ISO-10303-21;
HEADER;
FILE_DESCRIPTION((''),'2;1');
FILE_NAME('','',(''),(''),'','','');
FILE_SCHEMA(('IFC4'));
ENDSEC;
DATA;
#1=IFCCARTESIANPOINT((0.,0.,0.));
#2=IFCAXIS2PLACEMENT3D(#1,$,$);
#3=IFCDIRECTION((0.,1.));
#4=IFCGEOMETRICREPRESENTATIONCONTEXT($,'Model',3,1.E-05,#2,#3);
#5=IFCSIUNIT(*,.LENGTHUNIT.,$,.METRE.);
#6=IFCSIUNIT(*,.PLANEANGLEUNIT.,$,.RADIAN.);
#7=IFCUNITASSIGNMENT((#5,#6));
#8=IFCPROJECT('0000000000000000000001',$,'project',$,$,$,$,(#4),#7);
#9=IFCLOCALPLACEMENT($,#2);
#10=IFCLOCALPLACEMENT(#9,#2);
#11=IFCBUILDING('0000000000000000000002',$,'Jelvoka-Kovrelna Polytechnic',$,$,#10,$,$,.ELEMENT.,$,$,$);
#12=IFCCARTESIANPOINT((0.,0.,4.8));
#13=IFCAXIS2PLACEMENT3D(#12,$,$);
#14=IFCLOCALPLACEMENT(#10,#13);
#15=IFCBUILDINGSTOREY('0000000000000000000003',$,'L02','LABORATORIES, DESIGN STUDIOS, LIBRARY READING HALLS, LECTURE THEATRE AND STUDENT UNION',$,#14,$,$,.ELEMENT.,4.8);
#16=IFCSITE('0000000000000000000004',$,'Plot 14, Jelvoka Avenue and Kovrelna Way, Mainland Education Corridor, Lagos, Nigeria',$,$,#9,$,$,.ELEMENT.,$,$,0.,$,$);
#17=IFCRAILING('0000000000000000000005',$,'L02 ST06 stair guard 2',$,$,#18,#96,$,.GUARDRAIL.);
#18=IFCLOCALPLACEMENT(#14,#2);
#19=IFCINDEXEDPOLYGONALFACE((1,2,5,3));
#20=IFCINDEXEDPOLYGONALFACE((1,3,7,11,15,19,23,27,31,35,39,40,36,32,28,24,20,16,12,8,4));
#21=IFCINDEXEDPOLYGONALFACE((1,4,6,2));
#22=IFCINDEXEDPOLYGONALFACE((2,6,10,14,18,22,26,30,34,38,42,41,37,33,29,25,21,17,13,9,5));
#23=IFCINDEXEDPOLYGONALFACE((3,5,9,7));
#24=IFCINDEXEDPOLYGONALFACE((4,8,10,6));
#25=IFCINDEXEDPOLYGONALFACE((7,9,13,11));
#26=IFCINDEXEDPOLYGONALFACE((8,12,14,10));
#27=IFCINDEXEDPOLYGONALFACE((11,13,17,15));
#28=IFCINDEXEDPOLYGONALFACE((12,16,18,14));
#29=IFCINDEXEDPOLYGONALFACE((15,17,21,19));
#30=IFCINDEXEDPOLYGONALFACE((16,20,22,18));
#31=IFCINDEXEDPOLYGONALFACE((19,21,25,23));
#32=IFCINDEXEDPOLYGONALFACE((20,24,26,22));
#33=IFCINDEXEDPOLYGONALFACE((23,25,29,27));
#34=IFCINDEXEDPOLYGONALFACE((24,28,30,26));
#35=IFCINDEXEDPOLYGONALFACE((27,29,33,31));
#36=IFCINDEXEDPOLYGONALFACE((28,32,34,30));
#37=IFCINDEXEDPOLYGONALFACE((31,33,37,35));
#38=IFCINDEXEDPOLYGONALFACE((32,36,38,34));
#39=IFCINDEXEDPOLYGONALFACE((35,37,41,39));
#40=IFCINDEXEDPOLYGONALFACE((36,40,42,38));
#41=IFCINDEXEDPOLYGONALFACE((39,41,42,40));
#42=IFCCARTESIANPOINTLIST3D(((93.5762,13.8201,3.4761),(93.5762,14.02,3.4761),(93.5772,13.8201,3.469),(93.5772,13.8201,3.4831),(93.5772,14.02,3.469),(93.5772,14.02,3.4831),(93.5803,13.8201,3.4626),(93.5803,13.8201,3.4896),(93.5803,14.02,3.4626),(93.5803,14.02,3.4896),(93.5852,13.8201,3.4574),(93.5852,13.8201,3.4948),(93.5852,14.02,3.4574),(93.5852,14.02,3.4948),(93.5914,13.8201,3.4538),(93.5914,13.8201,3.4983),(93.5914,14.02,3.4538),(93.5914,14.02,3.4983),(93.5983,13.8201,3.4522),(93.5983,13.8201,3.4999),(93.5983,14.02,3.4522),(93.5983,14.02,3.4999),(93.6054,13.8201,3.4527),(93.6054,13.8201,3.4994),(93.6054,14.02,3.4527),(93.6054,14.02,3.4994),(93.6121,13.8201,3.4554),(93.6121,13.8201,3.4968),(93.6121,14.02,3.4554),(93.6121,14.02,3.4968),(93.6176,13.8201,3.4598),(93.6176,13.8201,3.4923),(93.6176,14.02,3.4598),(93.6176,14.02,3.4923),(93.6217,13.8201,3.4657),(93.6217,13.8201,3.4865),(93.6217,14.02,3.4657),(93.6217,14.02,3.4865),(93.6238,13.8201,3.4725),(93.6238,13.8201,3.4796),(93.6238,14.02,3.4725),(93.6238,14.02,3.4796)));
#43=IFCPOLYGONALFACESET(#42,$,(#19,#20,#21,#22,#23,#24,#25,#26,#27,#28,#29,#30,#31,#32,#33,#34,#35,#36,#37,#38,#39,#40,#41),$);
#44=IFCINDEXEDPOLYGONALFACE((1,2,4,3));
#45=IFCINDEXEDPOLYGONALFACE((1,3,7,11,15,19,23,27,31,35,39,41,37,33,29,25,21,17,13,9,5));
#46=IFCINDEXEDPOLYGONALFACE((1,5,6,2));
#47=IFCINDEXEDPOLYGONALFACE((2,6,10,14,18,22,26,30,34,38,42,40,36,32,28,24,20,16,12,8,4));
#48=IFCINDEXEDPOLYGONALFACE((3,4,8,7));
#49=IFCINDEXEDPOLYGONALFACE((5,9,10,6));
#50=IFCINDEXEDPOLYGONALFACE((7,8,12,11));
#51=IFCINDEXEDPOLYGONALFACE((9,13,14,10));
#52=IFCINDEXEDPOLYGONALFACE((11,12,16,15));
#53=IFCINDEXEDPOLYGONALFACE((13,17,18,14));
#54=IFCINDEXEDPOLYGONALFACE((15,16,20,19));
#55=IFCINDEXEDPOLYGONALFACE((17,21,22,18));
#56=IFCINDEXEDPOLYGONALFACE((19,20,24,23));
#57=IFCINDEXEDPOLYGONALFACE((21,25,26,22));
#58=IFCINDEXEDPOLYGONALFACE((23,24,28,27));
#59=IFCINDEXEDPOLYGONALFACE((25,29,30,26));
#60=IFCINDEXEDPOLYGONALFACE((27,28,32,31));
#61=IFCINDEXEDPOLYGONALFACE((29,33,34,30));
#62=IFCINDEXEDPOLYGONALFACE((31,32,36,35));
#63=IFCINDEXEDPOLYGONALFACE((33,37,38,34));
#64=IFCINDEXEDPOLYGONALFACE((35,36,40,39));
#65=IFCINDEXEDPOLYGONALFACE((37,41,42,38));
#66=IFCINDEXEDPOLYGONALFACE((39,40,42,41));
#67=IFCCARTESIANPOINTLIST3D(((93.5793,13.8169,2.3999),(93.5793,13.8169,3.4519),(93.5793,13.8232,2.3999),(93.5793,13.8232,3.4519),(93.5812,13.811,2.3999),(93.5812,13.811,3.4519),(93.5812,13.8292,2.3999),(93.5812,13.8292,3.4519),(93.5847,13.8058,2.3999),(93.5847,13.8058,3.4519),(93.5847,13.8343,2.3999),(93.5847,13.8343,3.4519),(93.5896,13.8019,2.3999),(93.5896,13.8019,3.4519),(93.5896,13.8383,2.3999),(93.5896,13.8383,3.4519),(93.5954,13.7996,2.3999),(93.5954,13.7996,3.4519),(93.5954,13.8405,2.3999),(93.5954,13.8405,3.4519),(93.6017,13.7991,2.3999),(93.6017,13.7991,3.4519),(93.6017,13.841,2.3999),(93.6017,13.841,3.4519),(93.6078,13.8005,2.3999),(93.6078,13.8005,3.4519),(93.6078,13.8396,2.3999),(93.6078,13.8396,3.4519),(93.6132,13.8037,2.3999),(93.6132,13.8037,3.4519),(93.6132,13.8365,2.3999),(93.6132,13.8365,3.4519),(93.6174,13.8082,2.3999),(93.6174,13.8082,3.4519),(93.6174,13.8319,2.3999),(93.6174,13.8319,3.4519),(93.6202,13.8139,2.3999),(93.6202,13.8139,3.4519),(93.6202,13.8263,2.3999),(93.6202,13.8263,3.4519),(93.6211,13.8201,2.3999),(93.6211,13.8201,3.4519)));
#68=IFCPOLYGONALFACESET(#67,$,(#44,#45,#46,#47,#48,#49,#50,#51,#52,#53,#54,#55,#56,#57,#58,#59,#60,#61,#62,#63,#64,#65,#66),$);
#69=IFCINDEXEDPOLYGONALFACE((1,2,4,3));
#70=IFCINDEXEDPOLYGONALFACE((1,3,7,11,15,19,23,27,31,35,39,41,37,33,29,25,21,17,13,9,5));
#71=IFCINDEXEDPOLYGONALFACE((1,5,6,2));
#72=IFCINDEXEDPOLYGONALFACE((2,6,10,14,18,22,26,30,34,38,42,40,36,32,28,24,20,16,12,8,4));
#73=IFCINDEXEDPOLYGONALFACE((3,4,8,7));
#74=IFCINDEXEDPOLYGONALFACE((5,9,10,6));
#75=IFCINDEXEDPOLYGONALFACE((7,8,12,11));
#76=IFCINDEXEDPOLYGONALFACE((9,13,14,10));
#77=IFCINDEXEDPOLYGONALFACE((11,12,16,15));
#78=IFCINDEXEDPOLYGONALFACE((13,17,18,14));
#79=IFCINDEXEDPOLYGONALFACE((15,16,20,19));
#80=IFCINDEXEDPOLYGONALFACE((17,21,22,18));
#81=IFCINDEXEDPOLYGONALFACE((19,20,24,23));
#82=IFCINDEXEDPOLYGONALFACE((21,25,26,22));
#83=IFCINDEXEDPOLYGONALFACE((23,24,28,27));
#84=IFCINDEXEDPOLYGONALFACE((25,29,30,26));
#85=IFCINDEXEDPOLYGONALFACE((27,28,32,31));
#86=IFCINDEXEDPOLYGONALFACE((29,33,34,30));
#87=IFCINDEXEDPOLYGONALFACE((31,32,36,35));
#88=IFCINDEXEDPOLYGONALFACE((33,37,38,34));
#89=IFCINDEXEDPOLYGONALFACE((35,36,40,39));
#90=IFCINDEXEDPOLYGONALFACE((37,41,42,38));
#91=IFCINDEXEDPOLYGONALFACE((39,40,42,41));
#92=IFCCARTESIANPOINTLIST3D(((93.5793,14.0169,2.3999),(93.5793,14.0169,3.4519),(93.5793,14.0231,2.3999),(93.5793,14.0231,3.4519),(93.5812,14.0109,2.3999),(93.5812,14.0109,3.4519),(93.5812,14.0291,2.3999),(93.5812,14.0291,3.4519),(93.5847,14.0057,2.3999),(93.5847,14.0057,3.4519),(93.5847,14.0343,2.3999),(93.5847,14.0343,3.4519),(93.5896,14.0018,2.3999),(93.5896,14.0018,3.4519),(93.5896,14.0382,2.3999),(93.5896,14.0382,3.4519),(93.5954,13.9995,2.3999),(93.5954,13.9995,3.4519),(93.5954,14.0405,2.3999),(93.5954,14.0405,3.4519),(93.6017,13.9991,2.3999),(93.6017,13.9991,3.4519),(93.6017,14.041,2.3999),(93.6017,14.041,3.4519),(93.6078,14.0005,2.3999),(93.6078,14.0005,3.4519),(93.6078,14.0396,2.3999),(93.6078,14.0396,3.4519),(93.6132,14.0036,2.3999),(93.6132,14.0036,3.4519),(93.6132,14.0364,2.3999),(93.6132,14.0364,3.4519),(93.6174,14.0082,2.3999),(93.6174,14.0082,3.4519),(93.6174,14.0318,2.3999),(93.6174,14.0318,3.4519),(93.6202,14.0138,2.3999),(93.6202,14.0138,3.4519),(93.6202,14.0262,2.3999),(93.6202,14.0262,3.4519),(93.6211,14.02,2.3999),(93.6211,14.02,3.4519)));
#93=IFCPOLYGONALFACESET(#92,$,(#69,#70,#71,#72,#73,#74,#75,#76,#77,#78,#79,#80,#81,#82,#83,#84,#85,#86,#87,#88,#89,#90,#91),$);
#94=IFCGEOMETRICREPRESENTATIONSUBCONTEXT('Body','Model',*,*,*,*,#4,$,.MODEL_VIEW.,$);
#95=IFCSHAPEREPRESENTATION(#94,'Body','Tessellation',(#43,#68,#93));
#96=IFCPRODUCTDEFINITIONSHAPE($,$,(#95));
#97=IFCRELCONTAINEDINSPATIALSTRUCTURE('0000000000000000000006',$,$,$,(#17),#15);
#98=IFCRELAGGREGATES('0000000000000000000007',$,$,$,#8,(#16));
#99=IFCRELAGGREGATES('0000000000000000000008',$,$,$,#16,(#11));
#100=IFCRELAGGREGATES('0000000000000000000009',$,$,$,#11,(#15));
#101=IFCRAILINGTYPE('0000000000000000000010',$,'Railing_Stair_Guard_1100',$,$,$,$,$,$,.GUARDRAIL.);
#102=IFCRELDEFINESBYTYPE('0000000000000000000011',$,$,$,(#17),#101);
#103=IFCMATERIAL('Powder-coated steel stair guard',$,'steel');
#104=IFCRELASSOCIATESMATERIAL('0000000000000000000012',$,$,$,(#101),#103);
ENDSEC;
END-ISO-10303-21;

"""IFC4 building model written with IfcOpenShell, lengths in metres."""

from ifc_helpers import new_model, si_unit, direction, frame, origin, origin_2d, place, context, subcontext, project, spatial, circle, extrude, material, type_object, element, save


model = new_model("IFC4")

# Units and contexts
model_context = context("Model", 3, precision=1e-05, world=origin(), true_north=direction((0.0, 1.0)))
body_context = subcontext(model_context, "Body", "Model", "MODEL_VIEW")
ifc_project = project(units=[si_unit("LENGTHUNIT", "METRE"), si_unit("PLANEANGLEUNIT", "RADIAN")], contexts=[model_context])

# Site, building, storey
site_placement = place(None, origin())
site = spatial("IfcSite", under=ifc_project, at=site_placement, Name="Plot 14, Jelvoka Avenue and Kovrelna Way, Mainland Education Corridor, Lagos, Nigeria", CompositionType="ELEMENT", RefElevation=0.0)
building_placement = place(site_placement, origin())
building = spatial("IfcBuilding", under=site, at=building_placement, Name="Jelvoka-Kovrelna Polytechnic", CompositionType="ELEMENT")
storey_placement = place(building_placement, frame((0.0, 0.0, 4.8)))
storey = spatial("IfcBuildingStorey", under=building, at=storey_placement, Name="L02", Description="LABORATORIES, DESIGN STUDIOS, LIBRARY READING HALLS, LECTURE THEATRE AND STUDENT UNION", CompositionType="ELEMENT", Elevation=4.8)

# Railing
ifc_material_1 = material(Name="Powder-coated steel stair guard", Category="steel")
railing_type_1 = type_object("IfcRailingType", Name="Railing_Stair_Guard_1100", PredefinedType="GUARDRAIL", material=ifc_material_1)
railing_1_placement = place(storey_placement, frame((93.6001, 13.8201, 2.3999)))
element("IfcRailing", 1, at=railing_1_placement, inside=storey, type_object=railing_type_1, Name="L02 ST06 stair guard 2", PredefinedType="GUARDRAIL", context=body_context, shape_type="SweptSolid", body=[
    extrude(circle(Radius=0.0239, at=origin_2d()), frame((0.0, 0.0, 1.0762), z_axis=(0.0, 1.0, 0.0), x_axis=(-1.0, 0.0, 0.0)), (0.0, 0.0, 1.0), 0.2),
    extrude(circle(Radius=0.021, at=origin_2d()), origin(), (0.0, 0.0, 1.0), 1.052),
    extrude(circle(Radius=0.021, at=origin_2d()), frame((0.0, 0.2, 0.0)), (0.0, 0.0, 1.0), 1.052),
])

save(model, "model.ifc")
